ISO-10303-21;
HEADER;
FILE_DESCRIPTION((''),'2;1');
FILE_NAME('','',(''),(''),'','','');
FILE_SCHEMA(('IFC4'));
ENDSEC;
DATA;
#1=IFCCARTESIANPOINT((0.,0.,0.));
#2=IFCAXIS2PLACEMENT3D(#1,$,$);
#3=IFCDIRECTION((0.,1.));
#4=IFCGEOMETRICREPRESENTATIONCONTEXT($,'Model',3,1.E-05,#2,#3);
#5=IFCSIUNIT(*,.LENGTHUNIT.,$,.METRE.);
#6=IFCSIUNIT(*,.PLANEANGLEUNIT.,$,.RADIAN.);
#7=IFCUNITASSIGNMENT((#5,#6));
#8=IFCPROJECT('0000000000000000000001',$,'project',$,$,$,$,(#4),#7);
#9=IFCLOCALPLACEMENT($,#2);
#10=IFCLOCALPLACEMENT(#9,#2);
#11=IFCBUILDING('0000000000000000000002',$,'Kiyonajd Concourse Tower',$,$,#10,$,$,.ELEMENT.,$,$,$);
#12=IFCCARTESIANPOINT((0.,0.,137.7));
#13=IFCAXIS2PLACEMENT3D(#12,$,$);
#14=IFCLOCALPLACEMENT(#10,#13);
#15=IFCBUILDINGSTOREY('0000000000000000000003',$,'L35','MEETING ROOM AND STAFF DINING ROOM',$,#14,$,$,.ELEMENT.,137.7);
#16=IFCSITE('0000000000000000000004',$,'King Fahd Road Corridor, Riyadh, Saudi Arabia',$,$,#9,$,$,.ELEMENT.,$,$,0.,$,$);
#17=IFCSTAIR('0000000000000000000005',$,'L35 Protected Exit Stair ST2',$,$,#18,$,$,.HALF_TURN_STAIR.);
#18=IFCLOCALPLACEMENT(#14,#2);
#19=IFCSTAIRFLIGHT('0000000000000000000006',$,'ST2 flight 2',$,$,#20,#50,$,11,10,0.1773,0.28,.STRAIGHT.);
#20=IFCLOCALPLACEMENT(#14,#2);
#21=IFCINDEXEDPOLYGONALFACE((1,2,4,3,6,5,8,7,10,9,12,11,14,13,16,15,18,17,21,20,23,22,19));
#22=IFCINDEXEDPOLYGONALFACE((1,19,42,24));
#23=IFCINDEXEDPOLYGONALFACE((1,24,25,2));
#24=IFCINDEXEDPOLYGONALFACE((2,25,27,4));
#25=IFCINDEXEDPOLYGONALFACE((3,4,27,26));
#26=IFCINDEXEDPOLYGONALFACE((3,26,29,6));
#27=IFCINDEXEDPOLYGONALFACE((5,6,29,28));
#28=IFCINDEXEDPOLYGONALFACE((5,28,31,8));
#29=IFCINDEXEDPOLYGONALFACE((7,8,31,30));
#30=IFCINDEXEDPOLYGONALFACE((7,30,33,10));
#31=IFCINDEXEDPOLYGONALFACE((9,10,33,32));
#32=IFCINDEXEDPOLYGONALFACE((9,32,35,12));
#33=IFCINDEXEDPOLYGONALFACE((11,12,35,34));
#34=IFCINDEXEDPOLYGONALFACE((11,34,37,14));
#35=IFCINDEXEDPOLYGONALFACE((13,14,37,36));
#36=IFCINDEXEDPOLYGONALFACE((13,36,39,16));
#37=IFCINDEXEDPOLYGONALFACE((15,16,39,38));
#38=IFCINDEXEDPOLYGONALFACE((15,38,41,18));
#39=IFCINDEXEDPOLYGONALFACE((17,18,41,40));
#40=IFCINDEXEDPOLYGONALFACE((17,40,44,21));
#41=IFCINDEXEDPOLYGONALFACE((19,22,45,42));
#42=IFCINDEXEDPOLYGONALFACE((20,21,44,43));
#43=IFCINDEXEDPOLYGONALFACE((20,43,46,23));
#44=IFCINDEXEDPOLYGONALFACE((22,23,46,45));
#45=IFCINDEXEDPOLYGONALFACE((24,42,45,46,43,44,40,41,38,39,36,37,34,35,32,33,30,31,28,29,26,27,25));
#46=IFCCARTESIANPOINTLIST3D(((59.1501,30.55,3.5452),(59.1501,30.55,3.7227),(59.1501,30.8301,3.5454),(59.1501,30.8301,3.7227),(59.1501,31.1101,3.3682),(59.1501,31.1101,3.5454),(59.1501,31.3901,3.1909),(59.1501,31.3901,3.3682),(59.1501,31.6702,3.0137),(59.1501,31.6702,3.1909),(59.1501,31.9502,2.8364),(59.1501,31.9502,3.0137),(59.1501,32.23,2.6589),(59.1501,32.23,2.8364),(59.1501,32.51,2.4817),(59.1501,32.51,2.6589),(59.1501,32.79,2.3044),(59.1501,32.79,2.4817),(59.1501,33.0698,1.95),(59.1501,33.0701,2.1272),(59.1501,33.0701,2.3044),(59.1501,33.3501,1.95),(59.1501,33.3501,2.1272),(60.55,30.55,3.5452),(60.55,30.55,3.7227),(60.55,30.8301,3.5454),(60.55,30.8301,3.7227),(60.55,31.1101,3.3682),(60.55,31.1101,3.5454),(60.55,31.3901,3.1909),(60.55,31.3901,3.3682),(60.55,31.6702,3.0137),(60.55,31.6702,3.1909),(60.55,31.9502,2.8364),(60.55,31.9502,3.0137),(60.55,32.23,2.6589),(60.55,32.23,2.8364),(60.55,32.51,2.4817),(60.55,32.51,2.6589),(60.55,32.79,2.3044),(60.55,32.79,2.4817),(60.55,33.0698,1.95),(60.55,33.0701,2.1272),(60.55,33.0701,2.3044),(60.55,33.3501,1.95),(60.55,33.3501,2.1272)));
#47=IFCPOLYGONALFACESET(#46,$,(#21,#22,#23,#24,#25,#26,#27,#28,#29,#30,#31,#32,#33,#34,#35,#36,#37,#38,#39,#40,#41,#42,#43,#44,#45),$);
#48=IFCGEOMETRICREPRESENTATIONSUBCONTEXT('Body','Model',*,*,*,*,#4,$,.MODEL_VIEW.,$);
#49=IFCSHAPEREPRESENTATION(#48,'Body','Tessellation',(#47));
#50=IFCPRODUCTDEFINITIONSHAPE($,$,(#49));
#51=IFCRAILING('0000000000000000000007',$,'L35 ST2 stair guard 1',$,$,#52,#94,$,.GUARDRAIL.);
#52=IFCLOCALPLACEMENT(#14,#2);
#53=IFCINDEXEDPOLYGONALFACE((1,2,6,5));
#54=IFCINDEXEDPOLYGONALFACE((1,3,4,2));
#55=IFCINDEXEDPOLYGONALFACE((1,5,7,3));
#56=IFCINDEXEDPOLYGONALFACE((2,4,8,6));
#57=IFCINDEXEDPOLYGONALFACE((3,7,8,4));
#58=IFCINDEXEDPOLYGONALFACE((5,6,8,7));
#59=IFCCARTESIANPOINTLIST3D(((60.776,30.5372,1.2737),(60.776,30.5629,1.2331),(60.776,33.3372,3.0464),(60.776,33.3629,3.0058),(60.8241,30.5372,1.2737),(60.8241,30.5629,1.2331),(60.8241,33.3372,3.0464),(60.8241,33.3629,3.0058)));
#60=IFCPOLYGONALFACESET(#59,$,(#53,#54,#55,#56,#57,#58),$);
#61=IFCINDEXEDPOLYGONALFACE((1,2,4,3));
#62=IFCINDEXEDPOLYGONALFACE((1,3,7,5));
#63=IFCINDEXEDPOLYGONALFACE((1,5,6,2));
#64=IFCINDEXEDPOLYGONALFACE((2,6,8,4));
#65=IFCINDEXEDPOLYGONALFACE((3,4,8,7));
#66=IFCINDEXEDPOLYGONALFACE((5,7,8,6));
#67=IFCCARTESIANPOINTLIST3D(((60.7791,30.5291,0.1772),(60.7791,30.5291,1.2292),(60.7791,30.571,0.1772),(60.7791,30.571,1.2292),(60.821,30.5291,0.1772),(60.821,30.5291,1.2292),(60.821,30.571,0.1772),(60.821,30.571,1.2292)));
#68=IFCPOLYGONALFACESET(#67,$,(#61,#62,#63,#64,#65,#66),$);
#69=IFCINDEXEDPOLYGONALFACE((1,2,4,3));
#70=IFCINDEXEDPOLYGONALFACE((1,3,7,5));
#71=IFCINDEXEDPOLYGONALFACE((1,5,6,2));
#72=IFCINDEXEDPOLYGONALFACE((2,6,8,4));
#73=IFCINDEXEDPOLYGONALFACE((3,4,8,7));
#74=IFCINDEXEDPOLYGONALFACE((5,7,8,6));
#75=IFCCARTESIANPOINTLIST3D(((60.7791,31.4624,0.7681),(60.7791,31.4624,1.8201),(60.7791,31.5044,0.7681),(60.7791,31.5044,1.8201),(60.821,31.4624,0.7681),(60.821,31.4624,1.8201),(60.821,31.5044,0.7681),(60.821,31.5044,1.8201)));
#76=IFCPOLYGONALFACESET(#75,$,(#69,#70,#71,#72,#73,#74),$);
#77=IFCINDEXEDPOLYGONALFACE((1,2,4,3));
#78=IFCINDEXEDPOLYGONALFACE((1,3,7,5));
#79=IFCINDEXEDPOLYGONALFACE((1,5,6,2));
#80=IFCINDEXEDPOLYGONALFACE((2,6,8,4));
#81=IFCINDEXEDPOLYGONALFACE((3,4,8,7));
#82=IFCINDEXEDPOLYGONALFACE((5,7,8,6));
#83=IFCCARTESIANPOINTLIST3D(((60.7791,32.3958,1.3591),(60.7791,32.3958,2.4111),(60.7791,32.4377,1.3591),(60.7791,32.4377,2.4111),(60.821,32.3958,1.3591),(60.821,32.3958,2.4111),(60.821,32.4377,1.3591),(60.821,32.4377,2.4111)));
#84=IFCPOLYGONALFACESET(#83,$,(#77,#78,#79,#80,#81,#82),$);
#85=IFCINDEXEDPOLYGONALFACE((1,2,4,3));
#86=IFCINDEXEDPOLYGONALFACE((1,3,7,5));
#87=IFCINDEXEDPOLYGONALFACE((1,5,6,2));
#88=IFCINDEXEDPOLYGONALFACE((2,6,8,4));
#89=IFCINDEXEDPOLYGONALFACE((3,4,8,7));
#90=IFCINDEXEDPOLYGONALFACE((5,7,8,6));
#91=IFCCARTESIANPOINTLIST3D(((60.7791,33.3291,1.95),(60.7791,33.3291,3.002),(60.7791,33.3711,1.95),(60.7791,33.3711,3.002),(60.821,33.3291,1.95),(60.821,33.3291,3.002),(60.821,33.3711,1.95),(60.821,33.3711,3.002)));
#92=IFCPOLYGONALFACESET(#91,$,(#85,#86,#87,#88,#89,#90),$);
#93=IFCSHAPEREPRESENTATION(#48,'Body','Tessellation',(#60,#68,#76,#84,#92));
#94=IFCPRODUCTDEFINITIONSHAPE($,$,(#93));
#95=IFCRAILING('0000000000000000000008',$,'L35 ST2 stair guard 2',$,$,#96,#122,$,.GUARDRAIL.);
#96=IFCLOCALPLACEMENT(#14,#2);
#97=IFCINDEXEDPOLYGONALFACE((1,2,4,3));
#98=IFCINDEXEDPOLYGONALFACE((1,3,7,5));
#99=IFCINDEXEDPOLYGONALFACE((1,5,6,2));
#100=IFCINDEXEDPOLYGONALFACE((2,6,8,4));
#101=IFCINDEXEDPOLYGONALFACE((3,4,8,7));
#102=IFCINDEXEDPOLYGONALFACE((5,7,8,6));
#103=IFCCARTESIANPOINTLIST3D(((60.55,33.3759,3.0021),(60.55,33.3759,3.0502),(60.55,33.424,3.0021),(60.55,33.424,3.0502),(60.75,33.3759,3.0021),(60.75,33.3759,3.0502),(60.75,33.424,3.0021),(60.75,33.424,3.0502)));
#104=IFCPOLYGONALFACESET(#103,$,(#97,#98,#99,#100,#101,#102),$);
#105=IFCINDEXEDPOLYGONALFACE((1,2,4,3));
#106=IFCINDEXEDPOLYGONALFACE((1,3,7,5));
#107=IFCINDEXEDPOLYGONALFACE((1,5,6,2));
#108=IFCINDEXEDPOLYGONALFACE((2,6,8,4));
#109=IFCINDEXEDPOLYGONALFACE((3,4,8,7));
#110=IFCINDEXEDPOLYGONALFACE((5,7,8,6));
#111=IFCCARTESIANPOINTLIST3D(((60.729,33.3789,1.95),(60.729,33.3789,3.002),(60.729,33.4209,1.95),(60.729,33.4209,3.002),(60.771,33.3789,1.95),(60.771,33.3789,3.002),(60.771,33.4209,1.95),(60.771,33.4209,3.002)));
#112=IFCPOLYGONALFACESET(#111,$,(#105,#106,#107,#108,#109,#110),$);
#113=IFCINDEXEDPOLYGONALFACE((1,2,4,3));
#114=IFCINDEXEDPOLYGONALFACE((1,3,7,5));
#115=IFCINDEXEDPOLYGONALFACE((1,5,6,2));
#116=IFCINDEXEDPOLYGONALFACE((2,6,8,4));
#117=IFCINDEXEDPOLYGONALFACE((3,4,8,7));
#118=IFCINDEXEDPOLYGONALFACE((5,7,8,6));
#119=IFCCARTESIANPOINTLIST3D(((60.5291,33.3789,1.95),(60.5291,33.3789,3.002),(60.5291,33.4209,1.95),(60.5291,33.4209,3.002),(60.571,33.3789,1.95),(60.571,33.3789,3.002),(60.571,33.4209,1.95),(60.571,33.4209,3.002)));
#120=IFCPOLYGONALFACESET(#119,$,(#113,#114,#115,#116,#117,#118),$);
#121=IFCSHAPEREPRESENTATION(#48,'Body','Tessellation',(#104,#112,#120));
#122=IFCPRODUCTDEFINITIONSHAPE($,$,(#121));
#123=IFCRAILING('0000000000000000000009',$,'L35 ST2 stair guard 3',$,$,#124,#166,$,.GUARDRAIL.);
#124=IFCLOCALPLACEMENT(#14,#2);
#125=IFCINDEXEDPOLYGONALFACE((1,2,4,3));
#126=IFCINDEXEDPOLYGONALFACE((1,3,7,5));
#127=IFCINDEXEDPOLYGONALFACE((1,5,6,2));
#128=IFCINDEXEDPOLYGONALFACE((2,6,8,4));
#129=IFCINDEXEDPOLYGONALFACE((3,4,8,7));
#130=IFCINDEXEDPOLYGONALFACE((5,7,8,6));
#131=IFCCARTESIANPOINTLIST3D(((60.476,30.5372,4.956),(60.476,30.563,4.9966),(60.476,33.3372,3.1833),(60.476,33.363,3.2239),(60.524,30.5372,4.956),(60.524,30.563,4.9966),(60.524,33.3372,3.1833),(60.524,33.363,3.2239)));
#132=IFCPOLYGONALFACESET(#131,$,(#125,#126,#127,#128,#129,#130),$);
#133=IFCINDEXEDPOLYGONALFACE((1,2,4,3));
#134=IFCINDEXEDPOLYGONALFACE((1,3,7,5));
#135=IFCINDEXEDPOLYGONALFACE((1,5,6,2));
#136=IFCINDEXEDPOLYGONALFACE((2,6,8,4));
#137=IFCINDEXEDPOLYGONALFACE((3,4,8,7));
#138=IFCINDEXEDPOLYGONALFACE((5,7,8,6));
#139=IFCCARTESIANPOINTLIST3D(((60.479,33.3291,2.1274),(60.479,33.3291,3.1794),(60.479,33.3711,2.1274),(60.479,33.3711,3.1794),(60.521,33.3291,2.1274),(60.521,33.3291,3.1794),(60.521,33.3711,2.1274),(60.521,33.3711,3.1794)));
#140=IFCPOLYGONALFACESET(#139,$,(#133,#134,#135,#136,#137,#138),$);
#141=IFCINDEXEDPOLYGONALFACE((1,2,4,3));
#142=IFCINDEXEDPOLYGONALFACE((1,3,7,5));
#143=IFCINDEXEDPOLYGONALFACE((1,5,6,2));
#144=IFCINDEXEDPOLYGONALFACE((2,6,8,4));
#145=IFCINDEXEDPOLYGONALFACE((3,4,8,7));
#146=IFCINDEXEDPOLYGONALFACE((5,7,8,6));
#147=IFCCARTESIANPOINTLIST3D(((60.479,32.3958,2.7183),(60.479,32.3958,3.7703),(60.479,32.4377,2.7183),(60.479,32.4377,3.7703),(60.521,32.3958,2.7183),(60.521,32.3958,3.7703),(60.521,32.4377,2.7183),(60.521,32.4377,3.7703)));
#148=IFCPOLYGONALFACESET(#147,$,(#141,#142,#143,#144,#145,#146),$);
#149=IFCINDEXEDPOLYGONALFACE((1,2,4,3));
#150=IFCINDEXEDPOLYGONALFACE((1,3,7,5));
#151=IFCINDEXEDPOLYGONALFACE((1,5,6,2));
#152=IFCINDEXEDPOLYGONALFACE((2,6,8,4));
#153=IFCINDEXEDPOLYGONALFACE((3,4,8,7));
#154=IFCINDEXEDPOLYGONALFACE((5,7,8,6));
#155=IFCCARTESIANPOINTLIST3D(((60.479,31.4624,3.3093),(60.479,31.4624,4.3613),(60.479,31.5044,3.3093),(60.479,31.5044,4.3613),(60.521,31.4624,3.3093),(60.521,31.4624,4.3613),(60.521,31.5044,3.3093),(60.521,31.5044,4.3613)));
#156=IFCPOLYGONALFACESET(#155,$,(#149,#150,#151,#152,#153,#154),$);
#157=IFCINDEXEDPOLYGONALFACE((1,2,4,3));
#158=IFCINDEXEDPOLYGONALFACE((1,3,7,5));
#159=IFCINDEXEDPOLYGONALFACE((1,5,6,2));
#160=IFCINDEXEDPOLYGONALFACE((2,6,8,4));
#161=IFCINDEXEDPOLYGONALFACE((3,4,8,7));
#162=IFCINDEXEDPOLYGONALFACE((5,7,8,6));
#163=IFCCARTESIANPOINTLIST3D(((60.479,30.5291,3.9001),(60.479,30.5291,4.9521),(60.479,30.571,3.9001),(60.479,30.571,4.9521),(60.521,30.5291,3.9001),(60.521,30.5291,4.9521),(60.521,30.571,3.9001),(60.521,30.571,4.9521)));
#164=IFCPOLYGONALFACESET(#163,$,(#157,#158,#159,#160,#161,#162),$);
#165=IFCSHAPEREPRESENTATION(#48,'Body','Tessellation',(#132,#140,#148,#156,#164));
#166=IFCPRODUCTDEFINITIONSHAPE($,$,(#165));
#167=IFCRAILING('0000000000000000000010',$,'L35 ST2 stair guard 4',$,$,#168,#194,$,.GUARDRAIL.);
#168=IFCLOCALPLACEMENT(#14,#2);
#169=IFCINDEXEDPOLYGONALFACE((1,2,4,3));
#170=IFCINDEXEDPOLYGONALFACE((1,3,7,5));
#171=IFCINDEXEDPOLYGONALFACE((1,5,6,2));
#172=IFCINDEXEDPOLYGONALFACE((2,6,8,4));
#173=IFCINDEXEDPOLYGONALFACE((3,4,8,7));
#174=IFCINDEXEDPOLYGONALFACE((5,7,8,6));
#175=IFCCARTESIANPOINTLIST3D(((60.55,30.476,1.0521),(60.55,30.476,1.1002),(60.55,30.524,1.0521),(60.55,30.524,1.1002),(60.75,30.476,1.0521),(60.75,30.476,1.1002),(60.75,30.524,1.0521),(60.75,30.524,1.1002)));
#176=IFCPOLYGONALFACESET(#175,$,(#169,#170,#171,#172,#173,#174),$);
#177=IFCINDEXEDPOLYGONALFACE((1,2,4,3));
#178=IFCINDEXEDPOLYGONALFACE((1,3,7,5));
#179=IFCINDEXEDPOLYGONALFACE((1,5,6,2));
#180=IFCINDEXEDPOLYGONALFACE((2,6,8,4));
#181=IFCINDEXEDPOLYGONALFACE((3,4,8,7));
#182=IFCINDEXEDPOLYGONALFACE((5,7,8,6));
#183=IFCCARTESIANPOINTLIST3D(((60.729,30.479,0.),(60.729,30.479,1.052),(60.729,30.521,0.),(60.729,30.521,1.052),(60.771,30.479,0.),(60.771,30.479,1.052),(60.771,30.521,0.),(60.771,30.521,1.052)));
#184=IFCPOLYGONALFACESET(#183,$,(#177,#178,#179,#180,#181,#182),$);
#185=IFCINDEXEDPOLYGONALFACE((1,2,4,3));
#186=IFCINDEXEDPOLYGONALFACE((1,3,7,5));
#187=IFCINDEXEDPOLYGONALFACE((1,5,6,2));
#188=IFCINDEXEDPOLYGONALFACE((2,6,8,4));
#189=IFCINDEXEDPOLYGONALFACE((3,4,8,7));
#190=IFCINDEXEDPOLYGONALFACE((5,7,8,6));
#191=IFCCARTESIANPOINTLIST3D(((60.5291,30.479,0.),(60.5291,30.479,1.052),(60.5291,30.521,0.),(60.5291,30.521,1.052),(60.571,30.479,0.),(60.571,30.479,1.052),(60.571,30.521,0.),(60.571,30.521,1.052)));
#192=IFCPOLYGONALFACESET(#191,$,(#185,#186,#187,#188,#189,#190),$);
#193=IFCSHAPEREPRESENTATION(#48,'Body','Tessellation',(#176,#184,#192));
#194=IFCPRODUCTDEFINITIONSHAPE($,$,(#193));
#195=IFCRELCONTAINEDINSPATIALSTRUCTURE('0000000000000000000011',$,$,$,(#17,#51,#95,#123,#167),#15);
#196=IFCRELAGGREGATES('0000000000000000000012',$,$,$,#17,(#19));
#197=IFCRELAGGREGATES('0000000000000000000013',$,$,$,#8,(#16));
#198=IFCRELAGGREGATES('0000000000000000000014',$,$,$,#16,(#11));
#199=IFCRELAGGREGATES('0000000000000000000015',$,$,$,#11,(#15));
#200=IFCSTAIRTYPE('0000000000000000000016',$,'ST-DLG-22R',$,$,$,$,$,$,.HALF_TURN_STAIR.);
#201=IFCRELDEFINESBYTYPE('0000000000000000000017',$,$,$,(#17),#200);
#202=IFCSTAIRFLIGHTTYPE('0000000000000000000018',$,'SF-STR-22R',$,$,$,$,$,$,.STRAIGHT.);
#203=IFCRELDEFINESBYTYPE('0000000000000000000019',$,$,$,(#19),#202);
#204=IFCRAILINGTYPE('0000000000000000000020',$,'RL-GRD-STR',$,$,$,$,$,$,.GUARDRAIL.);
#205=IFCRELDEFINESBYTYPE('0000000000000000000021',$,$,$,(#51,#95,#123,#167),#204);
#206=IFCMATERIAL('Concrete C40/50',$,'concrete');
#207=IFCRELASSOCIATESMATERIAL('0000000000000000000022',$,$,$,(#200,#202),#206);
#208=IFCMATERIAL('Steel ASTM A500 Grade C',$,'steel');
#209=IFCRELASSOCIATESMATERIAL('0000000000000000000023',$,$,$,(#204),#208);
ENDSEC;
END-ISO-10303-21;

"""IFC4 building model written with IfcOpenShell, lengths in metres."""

from ifc_helpers import new_model, si_unit, direction, frame, origin, origin_2d, place, context, subcontext, project, spatial, polyline, rectangle, outline, extrude, material, type_object, element, aggregate, save


model = new_model("IFC4")

# Units and contexts
model_context = context("Model", 3, precision=1e-05, world=origin(), true_north=direction((0.0, 1.0)))
body_context = subcontext(model_context, "Body", "Model", "MODEL_VIEW")
ifc_project = project(units=[si_unit("LENGTHUNIT", "METRE"), si_unit("PLANEANGLEUNIT", "RADIAN")], contexts=[model_context])

# Site, building, storey
site_placement = place(None, origin())
site = spatial("IfcSite", under=ifc_project, at=site_placement, Name="King Fahd Road Corridor, Riyadh, Saudi Arabia", CompositionType="ELEMENT", RefElevation=0.0)
building_placement = place(site_placement, origin())
building = spatial("IfcBuilding", under=site, at=building_placement, Name="Kiyonajd Concourse Tower", CompositionType="ELEMENT")
storey_placement = place(building_placement, frame((0.0, 0.0, 137.7)))
storey = spatial("IfcBuildingStorey", under=building, at=storey_placement, Name="L35", Description="MEETING ROOM AND STAFF DINING ROOM", CompositionType="ELEMENT", Elevation=137.7)

# Stair, stair flight
ifc_material_1 = material(Name="Concrete C40/50", Category="concrete")
stair_type = type_object("IfcStairType", Name="ST-DLG-22R", PredefinedType="HALF_TURN_STAIR", material=ifc_material_1)
stair_placement = place(storey_placement, origin())
stair = element("IfcStair", 1, at=stair_placement, inside=storey, type_object=stair_type, Name="L35 Protected Exit Stair ST2", PredefinedType="HALF_TURN_STAIR")
stair_flight_type = type_object("IfcStairFlightType", Name="SF-STR-22R", PredefinedType="STRAIGHT", material=ifc_material_1)
stair_flight_1_placement = place(storey_placement, frame((59.8501, 33.3501, 1.95), z_axis=(0.0, 0.0, 1.0), x_axis=(0.0, -1.0, 0.0)))
stair_flight_1 = element("IfcStairFlight", 2, at=stair_flight_1_placement, type_object=stair_flight_type, Name="ST2 flight 2", NumberOfRisers=11, NumberOfTreads=10, PredefinedType="STRAIGHT", RiserHeight=0.1773, TreadLength=0.28, context=body_context, shape_type="SweptSolid", body=[
    extrude(outline(polyline([(0.0, 0.0), (0.0, 0.1772), (0.28, 0.1772), (0.28, 0.3545), (0.5601, 0.3545), (0.5601, 0.5317), (0.8401, 0.5317), (0.8401, 0.709), (1.1201, 0.709), (1.1201, 0.8865), (1.3999, 0.8865), (1.3999, 1.0637), (1.6799, 1.0637), (1.6799, 1.241), (1.96, 1.241), (1.96, 1.4182), (2.24, 1.4182), (2.24, 1.5955), (2.52, 1.5955), (2.52, 1.7727), (2.8, 1.7727), (2.8, 1.95), (2.8, 1.5952), (0.2803, 0.0), (0.0, 0.0)])), frame((0.0, 0.7, 0.0), z_axis=(0.0, -1.0, 0.0), x_axis=(1.0, 0.0, 0.0)), (0.0, 0.0, 1.0), 1.3999),
])
aggregate(stair, [stair_flight_1])

# Railings
ifc_material_2 = material(Name="Steel ASTM A500 Grade C", Category="steel")
railing_type_1 = type_object("IfcRailingType", Name="RL-GRD-STR", PredefinedType="GUARDRAIL", material=ifc_material_2)
railing_1_placement = place(storey_placement, frame((60.8, 30.55, 0.1772)))
element("IfcRailing", 3, at=railing_1_placement, inside=storey, type_object=railing_type_1, Name="L35 ST2 stair guard 1", PredefinedType="GUARDRAIL", context=body_context, shape_type="SweptSolid", body=[
    extrude(rectangle(XDim=0.0481, YDim=0.0481, at=origin_2d()), frame((0.0, 0.0, 1.0762), z_axis=(0.0, 0.844909, 0.53491), x_axis=(-1.0, 0.0, 0.0)), (0.0, 0.0, 1.0), 3.314),
    extrude(rectangle(XDim=0.042, YDim=0.042, at=origin_2d()), origin(), (0.0, 0.0, 1.0), 1.052),
    extrude(rectangle(XDim=0.042, YDim=0.042, at=origin_2d()), frame((0.0, 0.9333, 0.5908)), (0.0, 0.0, 1.0), 1.052),
    extrude(rectangle(XDim=0.042, YDim=0.042, at=origin_2d()), frame((0.0, 1.8667, 1.1819)), (0.0, 0.0, 1.0), 1.052),
    extrude(rectangle(XDim=0.042, YDim=0.042, at=origin_2d()), frame((0.0, 2.8, 1.7727)), (0.0, 0.0, 1.0), 1.052),
])
railing_2_placement = place(storey_placement, frame((60.75, 33.3999, 1.95)))
element("IfcRailing", 4, at=railing_2_placement, inside=storey, type_object=railing_type_1, Name="L35 ST2 stair guard 2", PredefinedType="GUARDRAIL", context=body_context, shape_type="SweptSolid", body=[
    extrude(rectangle(XDim=0.0481, YDim=0.0481, at=origin_2d()), frame((0.0, 0.0, 1.0762), z_axis=(-1.0, 0.0, 0.0), x_axis=(0.0, -1.0, 0.0)), (0.0, 0.0, 1.0), 0.2),
    extrude(rectangle(XDim=0.042, YDim=0.042, at=origin_2d()), origin(), (0.0, 0.0, 1.0), 1.052),
    extrude(rectangle(XDim=0.042, YDim=0.042, at=origin_2d()), frame((-0.2, 0.0, 0.0)), (0.0, 0.0, 1.0), 1.052),
])
railing_3_placement = place(storey_placement, frame((60.5, 33.3501, 2.1274)))
element("IfcRailing", 5, at=railing_3_placement, inside=storey, type_object=railing_type_1, Name="L35 ST2 stair guard 3", PredefinedType="GUARDRAIL", context=body_context, shape_type="SweptSolid", body=[
    extrude(rectangle(XDim=0.0481, YDim=0.0481, at=origin_2d()), frame((0.0, 0.0, 1.0762), z_axis=(0.0, -0.844909, 0.53491), x_axis=(1.0, 0.0, 0.0)), (0.0, 0.0, 1.0), 3.314),
    extrude(rectangle(XDim=0.042, YDim=0.042, at=origin_2d()), origin(), (0.0, 0.0, 1.0), 1.052),
    extrude(rectangle(XDim=0.042, YDim=0.042, at=origin_2d()), frame((0.0, -0.9333, 0.5908)), (0.0, 0.0, 1.0), 1.052),
    extrude(rectangle(XDim=0.042, YDim=0.042, at=origin_2d()), frame((0.0, -1.8667, 1.1819)), (0.0, 0.0, 1.0), 1.052),
    extrude(rectangle(XDim=0.042, YDim=0.042, at=origin_2d()), frame((0.0, -2.8, 1.7727)), (0.0, 0.0, 1.0), 1.052),
])
railing_4_placement = place(storey_placement, frame((60.75, 30.5, 0.0)))
element("IfcRailing", 6, at=railing_4_placement, inside=storey, type_object=railing_type_1, Name="L35 ST2 stair guard 4", PredefinedType="GUARDRAIL", context=body_context, shape_type="SweptSolid", body=[
    extrude(rectangle(XDim=0.0481, YDim=0.0481, at=origin_2d()), frame((0.0, 0.0, 1.0762), z_axis=(-1.0, 0.0, 0.0), x_axis=(0.0, -1.0, 0.0)), (0.0, 0.0, 1.0), 0.2),
    extrude(rectangle(XDim=0.042, YDim=0.042, at=origin_2d()), origin(), (0.0, 0.0, 1.0), 1.052),
    extrude(rectangle(XDim=0.042, YDim=0.042, at=origin_2d()), frame((-0.2, 0.0, 0.0)), (0.0, 0.0, 1.0), 1.052),
])

save(model, "model.ifc")
